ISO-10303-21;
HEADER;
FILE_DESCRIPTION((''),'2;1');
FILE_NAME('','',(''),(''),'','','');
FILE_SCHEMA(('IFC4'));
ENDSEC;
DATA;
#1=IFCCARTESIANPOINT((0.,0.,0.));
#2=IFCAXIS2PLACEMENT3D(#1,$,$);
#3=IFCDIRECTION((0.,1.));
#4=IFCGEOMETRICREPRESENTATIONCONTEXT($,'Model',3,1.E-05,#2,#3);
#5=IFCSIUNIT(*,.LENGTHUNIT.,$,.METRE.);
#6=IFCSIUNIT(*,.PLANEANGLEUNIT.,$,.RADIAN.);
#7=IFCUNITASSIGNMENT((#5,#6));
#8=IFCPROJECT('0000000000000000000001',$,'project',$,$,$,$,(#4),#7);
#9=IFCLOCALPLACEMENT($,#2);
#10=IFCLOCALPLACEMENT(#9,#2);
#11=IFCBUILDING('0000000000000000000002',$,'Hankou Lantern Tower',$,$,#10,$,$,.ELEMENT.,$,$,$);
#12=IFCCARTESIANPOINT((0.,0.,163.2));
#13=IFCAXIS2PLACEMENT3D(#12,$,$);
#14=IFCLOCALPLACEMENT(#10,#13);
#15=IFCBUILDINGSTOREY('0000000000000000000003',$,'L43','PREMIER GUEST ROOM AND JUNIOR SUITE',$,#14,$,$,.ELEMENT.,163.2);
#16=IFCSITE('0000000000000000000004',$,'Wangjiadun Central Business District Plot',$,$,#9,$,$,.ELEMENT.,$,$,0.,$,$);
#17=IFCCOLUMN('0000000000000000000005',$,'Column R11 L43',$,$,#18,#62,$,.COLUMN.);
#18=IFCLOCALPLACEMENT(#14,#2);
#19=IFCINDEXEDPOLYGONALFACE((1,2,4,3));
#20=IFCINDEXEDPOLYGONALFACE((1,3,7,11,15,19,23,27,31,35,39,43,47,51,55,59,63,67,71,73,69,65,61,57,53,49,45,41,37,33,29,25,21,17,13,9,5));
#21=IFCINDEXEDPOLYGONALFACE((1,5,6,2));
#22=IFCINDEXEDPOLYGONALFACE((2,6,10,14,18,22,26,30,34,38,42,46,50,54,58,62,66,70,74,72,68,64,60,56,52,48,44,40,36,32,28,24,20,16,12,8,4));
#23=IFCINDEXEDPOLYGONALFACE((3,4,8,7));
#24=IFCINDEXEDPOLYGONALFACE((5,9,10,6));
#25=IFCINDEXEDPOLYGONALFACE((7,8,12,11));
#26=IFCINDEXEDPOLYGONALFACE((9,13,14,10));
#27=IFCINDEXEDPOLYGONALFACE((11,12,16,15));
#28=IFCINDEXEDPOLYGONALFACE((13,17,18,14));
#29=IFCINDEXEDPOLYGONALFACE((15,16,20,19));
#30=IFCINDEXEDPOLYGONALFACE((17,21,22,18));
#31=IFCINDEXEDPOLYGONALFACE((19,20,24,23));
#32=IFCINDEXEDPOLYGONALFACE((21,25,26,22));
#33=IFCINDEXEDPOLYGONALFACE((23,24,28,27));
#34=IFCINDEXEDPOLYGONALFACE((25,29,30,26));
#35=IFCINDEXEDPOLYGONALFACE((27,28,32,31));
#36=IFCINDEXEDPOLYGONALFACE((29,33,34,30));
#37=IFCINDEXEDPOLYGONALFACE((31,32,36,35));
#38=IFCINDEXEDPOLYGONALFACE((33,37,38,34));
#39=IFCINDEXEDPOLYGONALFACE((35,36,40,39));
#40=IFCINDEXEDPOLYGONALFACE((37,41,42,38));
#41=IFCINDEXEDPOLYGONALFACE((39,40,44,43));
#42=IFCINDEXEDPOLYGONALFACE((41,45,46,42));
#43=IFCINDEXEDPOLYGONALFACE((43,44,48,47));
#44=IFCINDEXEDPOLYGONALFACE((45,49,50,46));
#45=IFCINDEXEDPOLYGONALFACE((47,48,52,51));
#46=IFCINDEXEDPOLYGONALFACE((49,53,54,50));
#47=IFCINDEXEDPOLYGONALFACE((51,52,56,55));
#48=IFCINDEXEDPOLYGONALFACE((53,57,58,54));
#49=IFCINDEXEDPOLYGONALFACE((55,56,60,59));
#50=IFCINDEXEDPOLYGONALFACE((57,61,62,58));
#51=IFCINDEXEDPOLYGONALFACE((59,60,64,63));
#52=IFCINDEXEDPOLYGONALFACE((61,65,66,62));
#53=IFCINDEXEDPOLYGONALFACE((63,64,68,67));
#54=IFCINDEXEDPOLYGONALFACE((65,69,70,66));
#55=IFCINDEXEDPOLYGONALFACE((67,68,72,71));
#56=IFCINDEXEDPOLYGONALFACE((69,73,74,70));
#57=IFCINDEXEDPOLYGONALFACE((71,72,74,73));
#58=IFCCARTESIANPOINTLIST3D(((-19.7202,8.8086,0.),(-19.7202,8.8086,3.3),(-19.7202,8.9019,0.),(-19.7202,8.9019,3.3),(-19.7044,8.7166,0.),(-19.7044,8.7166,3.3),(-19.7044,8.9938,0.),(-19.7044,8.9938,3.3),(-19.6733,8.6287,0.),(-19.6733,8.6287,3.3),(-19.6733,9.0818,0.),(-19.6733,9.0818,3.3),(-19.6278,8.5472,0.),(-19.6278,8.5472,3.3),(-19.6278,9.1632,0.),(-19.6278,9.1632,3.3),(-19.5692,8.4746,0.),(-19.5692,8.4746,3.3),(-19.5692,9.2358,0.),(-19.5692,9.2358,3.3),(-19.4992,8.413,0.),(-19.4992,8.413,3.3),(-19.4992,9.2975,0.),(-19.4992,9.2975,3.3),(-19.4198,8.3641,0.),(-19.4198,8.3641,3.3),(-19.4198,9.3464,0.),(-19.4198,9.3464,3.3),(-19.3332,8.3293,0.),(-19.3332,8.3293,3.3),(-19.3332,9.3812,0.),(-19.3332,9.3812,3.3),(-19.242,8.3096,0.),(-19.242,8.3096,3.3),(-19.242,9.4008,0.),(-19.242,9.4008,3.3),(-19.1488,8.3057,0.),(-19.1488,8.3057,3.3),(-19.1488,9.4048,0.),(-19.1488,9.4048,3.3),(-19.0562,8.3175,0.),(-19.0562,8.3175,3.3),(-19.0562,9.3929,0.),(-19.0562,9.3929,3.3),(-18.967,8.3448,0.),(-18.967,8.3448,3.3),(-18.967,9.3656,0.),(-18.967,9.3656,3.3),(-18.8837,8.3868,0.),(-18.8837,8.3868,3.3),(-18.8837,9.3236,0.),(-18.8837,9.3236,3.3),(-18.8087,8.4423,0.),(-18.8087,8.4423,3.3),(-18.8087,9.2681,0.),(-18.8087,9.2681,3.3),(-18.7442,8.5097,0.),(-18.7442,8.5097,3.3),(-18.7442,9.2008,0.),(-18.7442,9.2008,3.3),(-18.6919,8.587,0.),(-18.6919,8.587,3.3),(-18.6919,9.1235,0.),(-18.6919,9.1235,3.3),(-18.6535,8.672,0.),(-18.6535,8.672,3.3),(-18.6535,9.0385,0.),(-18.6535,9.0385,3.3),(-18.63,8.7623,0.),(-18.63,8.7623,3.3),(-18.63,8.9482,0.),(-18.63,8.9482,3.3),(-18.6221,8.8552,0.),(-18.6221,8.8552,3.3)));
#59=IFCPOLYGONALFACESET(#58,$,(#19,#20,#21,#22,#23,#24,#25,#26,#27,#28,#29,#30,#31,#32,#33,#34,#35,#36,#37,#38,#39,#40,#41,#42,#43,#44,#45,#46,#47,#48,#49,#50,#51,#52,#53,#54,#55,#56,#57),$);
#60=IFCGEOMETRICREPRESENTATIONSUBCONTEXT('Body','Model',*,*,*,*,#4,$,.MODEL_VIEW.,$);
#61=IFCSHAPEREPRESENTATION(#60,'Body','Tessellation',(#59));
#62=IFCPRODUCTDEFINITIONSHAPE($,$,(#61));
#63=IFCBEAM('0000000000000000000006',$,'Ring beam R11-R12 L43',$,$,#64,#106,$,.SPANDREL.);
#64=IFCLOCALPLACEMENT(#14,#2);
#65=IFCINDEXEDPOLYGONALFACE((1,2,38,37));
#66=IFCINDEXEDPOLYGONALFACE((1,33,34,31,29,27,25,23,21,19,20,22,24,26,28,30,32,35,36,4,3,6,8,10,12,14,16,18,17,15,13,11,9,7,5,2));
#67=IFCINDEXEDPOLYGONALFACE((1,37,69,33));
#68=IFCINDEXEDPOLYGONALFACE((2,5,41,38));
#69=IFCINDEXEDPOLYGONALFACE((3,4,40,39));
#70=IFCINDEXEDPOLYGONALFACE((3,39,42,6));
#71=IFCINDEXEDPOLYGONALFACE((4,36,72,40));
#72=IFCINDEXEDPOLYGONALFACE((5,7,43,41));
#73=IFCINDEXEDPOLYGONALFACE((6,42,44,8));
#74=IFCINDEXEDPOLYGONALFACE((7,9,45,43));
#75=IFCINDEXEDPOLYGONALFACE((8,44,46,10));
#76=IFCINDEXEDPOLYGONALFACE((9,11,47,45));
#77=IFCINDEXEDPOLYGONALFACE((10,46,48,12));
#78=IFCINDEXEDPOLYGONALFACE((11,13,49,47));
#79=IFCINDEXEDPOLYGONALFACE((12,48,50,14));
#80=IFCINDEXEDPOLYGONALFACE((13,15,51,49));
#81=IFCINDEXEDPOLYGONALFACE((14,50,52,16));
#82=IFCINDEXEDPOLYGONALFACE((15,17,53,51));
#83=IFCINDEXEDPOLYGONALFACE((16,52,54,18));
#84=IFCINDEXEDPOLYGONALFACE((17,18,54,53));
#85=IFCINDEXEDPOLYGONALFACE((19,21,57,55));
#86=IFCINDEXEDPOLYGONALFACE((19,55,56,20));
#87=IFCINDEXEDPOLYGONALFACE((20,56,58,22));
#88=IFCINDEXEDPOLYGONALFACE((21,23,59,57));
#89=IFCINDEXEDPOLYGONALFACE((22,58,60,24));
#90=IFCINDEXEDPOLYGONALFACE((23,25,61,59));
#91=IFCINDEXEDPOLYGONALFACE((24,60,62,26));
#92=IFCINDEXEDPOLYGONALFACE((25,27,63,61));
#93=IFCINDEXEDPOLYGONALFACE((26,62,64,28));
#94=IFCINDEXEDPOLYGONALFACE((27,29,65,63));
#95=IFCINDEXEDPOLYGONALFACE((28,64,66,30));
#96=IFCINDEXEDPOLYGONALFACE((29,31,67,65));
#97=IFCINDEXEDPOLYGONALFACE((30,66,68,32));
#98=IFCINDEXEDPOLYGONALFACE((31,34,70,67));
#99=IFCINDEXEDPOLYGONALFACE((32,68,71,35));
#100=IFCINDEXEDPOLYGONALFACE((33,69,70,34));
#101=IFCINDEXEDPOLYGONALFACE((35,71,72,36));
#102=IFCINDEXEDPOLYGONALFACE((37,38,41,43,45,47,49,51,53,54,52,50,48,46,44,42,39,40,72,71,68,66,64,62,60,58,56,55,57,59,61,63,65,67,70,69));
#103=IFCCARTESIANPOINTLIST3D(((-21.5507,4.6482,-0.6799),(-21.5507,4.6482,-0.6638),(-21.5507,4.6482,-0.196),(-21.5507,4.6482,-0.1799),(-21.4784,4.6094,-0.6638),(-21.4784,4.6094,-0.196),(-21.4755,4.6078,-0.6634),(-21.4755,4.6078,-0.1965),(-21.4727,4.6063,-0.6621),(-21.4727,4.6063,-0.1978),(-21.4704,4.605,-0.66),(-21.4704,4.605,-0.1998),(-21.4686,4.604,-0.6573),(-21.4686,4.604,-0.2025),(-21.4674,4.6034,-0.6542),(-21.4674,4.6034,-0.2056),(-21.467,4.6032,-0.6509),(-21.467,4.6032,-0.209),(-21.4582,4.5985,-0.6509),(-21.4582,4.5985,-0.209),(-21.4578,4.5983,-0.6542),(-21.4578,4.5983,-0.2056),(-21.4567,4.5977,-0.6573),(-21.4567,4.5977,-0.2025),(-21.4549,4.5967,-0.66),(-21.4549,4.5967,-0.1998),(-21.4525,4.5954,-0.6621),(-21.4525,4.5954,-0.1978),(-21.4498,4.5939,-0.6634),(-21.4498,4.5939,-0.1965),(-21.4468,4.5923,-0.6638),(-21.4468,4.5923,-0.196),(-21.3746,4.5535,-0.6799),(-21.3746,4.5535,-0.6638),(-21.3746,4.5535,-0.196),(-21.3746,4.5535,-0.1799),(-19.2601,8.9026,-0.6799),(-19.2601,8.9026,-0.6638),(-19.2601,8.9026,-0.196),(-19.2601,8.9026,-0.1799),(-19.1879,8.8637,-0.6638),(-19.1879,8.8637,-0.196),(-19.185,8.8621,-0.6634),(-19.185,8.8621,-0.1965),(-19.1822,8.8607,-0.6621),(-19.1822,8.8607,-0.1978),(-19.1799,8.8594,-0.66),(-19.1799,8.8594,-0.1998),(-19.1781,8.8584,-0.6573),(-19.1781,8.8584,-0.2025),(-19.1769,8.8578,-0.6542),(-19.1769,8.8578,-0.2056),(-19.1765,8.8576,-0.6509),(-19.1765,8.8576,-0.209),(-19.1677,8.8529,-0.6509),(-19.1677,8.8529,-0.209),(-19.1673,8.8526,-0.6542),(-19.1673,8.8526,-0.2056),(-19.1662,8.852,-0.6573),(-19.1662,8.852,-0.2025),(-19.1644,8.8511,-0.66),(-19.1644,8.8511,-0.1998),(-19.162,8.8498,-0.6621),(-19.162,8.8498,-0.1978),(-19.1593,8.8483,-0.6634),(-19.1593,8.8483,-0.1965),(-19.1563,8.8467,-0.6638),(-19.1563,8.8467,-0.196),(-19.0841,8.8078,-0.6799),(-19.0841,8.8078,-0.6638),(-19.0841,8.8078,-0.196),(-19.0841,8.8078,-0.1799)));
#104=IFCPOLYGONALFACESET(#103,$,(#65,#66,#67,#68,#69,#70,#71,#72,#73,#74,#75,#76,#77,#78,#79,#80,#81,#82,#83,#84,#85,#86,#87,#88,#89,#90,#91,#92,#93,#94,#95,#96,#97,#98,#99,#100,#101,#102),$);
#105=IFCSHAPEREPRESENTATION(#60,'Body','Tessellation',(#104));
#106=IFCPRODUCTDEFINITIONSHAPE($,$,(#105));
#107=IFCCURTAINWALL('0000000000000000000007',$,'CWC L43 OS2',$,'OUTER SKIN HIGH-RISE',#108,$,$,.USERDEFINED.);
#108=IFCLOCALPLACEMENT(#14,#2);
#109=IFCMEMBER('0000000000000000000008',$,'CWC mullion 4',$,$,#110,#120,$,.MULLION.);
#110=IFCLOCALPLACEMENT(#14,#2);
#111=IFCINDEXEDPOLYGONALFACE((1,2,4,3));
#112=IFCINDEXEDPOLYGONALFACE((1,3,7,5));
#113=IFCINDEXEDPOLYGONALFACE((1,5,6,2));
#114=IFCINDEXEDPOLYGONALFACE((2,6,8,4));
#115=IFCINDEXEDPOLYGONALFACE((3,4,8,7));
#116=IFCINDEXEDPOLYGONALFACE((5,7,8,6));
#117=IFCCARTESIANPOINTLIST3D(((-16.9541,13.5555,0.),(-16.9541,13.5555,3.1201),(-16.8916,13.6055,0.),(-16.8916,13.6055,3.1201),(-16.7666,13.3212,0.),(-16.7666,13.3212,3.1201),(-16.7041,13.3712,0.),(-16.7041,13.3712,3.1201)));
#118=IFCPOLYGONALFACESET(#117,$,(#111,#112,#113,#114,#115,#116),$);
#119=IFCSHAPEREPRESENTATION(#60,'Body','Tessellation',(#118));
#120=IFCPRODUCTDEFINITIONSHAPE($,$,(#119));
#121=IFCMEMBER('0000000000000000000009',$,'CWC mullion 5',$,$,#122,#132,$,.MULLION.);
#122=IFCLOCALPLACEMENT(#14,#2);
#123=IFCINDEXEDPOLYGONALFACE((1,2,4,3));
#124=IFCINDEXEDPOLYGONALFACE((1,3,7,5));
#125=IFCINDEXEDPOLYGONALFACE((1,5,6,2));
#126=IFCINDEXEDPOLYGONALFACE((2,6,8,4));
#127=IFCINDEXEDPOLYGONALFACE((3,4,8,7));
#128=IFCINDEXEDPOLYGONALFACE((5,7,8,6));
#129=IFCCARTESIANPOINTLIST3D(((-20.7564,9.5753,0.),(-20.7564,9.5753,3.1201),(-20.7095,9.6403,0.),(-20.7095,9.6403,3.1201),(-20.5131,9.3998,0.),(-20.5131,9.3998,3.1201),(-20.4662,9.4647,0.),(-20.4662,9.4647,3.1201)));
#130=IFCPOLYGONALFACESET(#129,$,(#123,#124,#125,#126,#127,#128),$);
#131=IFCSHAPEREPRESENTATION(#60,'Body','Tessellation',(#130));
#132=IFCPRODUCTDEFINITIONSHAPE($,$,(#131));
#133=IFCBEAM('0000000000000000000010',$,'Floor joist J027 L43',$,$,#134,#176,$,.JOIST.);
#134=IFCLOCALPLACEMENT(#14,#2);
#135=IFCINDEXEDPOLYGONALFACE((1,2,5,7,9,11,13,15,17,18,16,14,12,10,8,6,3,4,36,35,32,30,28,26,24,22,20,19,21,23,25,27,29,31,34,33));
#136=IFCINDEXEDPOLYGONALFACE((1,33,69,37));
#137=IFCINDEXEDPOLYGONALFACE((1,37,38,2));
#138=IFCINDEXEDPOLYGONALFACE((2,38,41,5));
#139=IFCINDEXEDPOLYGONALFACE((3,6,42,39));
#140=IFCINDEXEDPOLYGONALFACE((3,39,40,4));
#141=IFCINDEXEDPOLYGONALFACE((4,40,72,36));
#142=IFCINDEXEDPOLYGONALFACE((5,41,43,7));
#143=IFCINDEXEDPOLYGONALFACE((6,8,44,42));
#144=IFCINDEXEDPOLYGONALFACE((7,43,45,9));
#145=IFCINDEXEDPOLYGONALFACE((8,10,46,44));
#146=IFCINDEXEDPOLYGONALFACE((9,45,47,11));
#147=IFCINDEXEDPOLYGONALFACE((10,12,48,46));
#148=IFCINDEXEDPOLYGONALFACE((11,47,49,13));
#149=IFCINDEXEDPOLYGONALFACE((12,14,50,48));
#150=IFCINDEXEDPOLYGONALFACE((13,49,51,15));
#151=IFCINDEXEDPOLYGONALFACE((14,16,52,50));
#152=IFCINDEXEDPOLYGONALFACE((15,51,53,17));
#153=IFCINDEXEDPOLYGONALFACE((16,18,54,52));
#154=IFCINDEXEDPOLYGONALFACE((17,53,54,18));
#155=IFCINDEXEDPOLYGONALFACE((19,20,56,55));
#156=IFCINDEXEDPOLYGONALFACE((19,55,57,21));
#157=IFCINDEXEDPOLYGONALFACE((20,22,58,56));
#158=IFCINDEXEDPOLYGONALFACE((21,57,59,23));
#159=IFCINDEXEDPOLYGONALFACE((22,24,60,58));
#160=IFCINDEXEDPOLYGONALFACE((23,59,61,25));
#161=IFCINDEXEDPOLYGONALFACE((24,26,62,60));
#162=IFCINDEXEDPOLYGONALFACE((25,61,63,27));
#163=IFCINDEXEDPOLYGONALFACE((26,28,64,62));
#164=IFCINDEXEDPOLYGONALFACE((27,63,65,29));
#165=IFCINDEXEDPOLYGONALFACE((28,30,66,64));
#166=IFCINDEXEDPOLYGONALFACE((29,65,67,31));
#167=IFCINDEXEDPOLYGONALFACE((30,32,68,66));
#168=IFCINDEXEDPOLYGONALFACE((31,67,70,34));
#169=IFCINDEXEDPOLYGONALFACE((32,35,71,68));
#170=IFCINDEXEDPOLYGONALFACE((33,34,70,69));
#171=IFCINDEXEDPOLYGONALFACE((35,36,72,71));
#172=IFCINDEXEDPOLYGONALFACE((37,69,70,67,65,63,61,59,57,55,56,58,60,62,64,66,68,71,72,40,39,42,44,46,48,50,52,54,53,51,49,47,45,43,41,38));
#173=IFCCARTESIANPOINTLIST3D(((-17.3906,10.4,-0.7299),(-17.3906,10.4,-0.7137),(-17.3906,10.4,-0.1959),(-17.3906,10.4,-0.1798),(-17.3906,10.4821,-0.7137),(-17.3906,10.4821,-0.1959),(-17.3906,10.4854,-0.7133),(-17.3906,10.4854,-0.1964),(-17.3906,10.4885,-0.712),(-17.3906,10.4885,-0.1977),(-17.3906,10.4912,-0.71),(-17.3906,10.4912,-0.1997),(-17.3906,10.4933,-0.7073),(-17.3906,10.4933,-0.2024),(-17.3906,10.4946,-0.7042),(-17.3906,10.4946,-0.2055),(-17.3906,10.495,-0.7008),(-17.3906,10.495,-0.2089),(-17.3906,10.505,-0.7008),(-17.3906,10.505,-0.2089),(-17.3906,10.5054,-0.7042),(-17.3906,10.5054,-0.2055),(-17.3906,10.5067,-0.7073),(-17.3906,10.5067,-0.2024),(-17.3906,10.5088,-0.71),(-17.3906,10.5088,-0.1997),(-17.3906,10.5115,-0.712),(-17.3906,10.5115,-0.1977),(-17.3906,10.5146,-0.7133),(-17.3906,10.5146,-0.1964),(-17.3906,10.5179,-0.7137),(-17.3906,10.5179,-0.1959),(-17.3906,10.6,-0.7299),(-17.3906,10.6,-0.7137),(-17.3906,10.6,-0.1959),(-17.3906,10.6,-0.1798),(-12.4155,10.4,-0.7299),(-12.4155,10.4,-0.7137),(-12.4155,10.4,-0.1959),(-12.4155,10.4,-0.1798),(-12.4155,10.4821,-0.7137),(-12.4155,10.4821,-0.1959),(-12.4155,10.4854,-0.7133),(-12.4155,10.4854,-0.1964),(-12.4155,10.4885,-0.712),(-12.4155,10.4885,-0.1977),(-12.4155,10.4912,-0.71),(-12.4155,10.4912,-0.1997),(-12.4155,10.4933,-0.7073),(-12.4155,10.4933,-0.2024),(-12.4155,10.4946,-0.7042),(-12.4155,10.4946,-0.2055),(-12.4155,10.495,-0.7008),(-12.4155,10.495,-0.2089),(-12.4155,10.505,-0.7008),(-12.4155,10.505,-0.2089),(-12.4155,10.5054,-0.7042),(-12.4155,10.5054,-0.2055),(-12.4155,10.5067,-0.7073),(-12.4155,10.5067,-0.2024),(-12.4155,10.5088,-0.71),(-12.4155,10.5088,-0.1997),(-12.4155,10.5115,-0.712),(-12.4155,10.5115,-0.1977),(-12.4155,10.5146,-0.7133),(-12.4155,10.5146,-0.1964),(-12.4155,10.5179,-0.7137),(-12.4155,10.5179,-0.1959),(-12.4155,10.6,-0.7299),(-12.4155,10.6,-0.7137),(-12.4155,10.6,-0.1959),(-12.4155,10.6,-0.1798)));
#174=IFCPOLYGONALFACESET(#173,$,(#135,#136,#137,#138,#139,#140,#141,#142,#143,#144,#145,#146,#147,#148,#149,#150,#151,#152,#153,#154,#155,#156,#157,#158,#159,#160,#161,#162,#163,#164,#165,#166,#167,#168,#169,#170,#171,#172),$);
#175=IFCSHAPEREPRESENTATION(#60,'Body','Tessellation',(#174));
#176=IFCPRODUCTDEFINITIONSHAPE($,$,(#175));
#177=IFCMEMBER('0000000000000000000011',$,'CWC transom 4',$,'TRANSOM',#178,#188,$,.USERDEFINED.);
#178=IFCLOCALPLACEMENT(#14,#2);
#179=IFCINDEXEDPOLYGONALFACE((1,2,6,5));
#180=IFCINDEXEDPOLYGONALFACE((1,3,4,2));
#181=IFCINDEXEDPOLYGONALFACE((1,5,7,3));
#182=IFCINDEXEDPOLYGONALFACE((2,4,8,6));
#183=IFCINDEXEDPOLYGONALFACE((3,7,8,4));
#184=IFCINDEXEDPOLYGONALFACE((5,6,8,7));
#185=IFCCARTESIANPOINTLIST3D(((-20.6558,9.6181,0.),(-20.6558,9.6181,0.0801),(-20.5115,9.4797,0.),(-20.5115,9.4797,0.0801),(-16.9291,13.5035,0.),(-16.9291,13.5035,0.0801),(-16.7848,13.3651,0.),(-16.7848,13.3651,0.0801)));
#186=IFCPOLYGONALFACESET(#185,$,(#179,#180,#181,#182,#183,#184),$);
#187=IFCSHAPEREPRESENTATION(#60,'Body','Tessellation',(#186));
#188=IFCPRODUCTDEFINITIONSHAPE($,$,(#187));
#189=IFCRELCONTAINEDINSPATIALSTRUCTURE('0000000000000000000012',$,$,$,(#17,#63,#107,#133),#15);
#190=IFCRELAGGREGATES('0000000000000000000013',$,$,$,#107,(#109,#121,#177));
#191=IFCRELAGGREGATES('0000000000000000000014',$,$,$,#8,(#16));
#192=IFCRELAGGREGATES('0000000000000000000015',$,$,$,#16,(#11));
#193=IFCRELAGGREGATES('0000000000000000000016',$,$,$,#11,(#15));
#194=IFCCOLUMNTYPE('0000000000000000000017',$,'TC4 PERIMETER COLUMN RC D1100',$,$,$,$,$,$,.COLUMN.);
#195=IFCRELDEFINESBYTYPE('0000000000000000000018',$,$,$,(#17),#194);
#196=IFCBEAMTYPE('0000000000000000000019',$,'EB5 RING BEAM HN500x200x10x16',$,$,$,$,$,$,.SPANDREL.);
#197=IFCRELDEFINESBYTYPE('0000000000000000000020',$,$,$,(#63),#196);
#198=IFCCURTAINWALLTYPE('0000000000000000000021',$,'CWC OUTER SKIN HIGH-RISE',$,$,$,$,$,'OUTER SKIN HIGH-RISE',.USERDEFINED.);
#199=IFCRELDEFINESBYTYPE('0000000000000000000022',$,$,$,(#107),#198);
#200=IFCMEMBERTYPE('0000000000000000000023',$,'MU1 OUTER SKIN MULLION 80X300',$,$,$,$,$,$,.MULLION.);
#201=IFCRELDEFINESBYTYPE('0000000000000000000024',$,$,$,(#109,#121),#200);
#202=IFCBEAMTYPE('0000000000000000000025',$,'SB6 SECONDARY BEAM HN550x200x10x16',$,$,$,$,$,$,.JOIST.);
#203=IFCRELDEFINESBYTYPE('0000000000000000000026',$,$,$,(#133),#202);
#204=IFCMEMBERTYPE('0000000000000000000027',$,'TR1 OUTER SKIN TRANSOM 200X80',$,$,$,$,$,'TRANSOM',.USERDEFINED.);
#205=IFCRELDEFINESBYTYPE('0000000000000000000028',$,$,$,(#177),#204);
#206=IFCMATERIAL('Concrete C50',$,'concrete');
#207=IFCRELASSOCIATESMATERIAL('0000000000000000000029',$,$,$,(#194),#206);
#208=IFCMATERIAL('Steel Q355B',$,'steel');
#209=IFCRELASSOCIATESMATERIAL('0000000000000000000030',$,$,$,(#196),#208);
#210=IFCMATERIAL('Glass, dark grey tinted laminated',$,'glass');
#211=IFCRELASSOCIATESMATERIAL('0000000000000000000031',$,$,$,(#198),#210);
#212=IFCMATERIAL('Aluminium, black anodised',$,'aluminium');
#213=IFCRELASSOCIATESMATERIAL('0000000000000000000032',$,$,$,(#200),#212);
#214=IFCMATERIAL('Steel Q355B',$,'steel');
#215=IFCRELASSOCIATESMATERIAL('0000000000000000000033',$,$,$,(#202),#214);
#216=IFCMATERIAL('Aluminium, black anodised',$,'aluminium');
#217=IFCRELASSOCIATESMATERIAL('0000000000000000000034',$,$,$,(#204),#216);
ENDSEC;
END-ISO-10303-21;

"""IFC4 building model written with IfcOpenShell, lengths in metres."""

from ifc_helpers import new_model, si_unit, direction, frame, origin, origin_2d, place, context, subcontext, project, spatial, rectangle, circle, i_section, extrude, material, material_profile, profile_set, type_object, element, aggregate, save


model = new_model("IFC4")

# Units and contexts
model_context = context("Model", 3, precision=1e-05, world=origin(), true_north=direction((0.0, 1.0)))
body_context = subcontext(model_context, "Body", "Model", "MODEL_VIEW")
ifc_project = project(units=[si_unit("LENGTHUNIT", "METRE"), si_unit("PLANEANGLEUNIT", "RADIAN")], contexts=[model_context])

# Site, building, storey
site_placement = place(None, origin())
site = spatial("IfcSite", under=ifc_project, at=site_placement, Name="Wangjiadun Central Business District Plot", CompositionType="ELEMENT", RefElevation=0.0)
building_placement = place(site_placement, origin())
building = spatial("IfcBuilding", under=site, at=building_placement, Name="Hankou Lantern Tower", CompositionType="ELEMENT")
storey_placement = place(building_placement, frame((0.0, 0.0, 163.2)))
storey = spatial("IfcBuildingStorey", under=building, at=storey_placement, Name="L43", Description="PREMIER GUEST ROOM AND JUNIOR SUITE", CompositionType="ELEMENT", Elevation=163.2)

# Column
ifc_material_1 = material(Name="Concrete C50", Category="concrete")
ifc_material_profile_1 = material_profile(ifc_material_1, circle(Radius=0.55, at=origin_2d()), Name="RC D1100")
ifc_profile_set_1 = profile_set([ifc_material_profile_1], Name="Concrete C50")
column_type = type_object("IfcColumnType", Name="TC4 PERIMETER COLUMN RC D1100", PredefinedType="COLUMN", material=ifc_profile_set_1)
column_placement = place(storey_placement, frame((-19.1721, 8.8552, 0.0), z_axis=(0.0, 0.0, 1.0), x_axis=(1.0, 0.0, 0.0)))
element("IfcColumn", 1, at=column_placement, inside=storey, type_object=column_type, Name="Column R11 L43", PredefinedType="COLUMN", context=body_context, shape_type="SweptSolid", body=[
    extrude(circle(Radius=0.55, at=origin_2d()), origin(), (0.0, 0.0, 1.0), 3.3),
])

# Beam
ifc_material_2 = material(Name="Steel Q355B", Category="steel")
ifc_material_profile_2 = material_profile(ifc_material_2, i_section(OverallWidth=0.2, OverallDepth=0.5, WebThickness=0.01, FlangeThickness=0.0161, FilletRadius=0.0129, at=origin_2d()), Name="HN500x200x10x16")
ifc_profile_set_2 = profile_set([ifc_material_profile_2], Name="Steel Q355B")
beam_type_1 = type_object("IfcBeamType", Name="EB5 RING BEAM HN500x200x10x16", PredefinedType="SPANDREL", material=ifc_profile_set_2)
beam_1_placement = place(storey_placement, frame((-19.1721, 8.8552, -0.4299), z_axis=(-0.474052, -0.880497, 0.0), x_axis=(0.880497, -0.474052, 0.0)))
element("IfcBeam", 2, at=beam_1_placement, inside=storey, type_object=beam_type_1, Name="Ring beam R11-R12 L43", PredefinedType="SPANDREL", context=body_context, shape_type="SweptSolid", body=[
    extrude(i_section(OverallWidth=0.2, OverallDepth=0.5, WebThickness=0.01, FlangeThickness=0.0161, FilletRadius=0.0129, at=origin_2d()), origin(), (0.0, 0.0, 1.0), 4.8318),
])

# Curtain wall, members
ifc_material_3 = material(Name="Glass, dark grey tinted laminated", Category="glass")
curtain_wall_type = type_object("IfcCurtainWallType", Name="CWC OUTER SKIN HIGH-RISE", ElementType="OUTER SKIN HIGH-RISE", PredefinedType="USERDEFINED", material=ifc_material_3)
curtain_wall_placement = place(storey_placement, origin())
curtain_wall = element("IfcCurtainWall", 3, at=curtain_wall_placement, inside=storey, type_object=curtain_wall_type, Name="CWC L43 OS2", ObjectType="OUTER SKIN HIGH-RISE", PredefinedType="USERDEFINED")
ifc_material_4 = material(Name="Aluminium, black anodised", Category="aluminium")
ifc_material_profile_3 = material_profile(ifc_material_4, rectangle(XDim=0.0801, YDim=0.3, at=origin_2d()), Name="MU1 80X300")
ifc_profile_set_3 = profile_set([ifc_material_profile_3], Name="Aluminium, black anodised")
member_type_1 = type_object("IfcMemberType", Name="MU1 OUTER SKIN MULLION 80X300", PredefinedType="MULLION", material=ifc_profile_set_3)
member_1_placement = place(storey_placement, frame((-16.8291, 13.4634, 0.0), z_axis=(0.0, 0.0, 1.0), x_axis=(-0.780869, -0.624695, 0.0)))
member_1 = element("IfcMember", 4, at=member_1_placement, type_object=member_type_1, Name="CWC mullion 4", PredefinedType="MULLION", context=body_context, shape_type="SweptSolid", body=[
    extrude(rectangle(XDim=0.0801, YDim=0.3, at=origin_2d()), origin(), (0.0, 0.0, 1.0), 3.1201),
])
member_2_placement = place(storey_placement, frame((-20.6113, 9.52, 0.0), z_axis=(0.0, 0.0, 1.0), x_axis=(-0.585206, -0.810885, 0.0)))
member_2 = element("IfcMember", 5, at=member_2_placement, type_object=member_type_1, Name="CWC mullion 5", PredefinedType="MULLION", context=body_context, shape_type="SweptSolid", body=[
    extrude(rectangle(XDim=0.0801, YDim=0.3, at=origin_2d()), origin(), (0.0, 0.0, 1.0), 3.1201),
])

# Beam
ifc_material_5 = material(Name="Steel Q355B", Category="steel")
ifc_material_profile_4 = material_profile(ifc_material_5, i_section(OverallWidth=0.2, OverallDepth=0.55, WebThickness=0.01, FlangeThickness=0.0161, FilletRadius=0.0129, at=origin_2d()), Name="HN550x200x10x16")
ifc_profile_set_4 = profile_set([ifc_material_profile_4], Name="Steel Q355B")
beam_type_2 = type_object("IfcBeamType", Name="SB6 SECONDARY BEAM HN550x200x10x16", PredefinedType="JOIST", material=ifc_profile_set_4)
beam_2_placement = place(storey_placement, frame((-17.3906, 10.5, -0.4548), z_axis=(1.0, 0.0, 0.0), x_axis=(0.0, 1.0, 0.0)))
element("IfcBeam", 6, at=beam_2_placement, inside=storey, type_object=beam_type_2, Name="Floor joist J027 L43", PredefinedType="JOIST", context=body_context, shape_type="SweptSolid", body=[
    extrude(i_section(OverallWidth=0.2, OverallDepth=0.55, WebThickness=0.01, FlangeThickness=0.0161, FilletRadius=0.0129, at=origin_2d()), origin(), (0.0, 0.0, 1.0), 4.9751),
])

# Member
ifc_material_6 = material(Name="Aluminium, black anodised", Category="aluminium")
ifc_material_profile_5 = material_profile(ifc_material_6, rectangle(XDim=0.2, YDim=0.0801, at=origin_2d()), Name="TR1 200X80")
ifc_profile_set_5 = profile_set([ifc_material_profile_5], Name="Aluminium, black anodised")
member_type_2 = type_object("IfcMemberType", Name="TR1 OUTER SKIN TRANSOM 200X80", ElementType="TRANSOM", PredefinedType="USERDEFINED", material=ifc_profile_set_5)
member_3_placement = place(storey_placement, frame((-16.8569, 13.4343, 0.04), z_axis=(-0.692216, -0.721691, 0.0), x_axis=(0.721691, -0.692216, 0.0)))
member_3 = element("IfcMember", 7, at=member_3_placement, type_object=member_type_2, Name="CWC transom 4", ObjectType="TRANSOM", PredefinedType="USERDEFINED", context=body_context, shape_type="SweptSolid", body=[
    extrude(rectangle(XDim=0.2, YDim=0.0801, at=origin_2d()), origin(), (0.0, 0.0, 1.0), 5.3838),
])

aggregate(curtain_wall, [member_1, member_2, member_3])

save(model, "model.ifc")
